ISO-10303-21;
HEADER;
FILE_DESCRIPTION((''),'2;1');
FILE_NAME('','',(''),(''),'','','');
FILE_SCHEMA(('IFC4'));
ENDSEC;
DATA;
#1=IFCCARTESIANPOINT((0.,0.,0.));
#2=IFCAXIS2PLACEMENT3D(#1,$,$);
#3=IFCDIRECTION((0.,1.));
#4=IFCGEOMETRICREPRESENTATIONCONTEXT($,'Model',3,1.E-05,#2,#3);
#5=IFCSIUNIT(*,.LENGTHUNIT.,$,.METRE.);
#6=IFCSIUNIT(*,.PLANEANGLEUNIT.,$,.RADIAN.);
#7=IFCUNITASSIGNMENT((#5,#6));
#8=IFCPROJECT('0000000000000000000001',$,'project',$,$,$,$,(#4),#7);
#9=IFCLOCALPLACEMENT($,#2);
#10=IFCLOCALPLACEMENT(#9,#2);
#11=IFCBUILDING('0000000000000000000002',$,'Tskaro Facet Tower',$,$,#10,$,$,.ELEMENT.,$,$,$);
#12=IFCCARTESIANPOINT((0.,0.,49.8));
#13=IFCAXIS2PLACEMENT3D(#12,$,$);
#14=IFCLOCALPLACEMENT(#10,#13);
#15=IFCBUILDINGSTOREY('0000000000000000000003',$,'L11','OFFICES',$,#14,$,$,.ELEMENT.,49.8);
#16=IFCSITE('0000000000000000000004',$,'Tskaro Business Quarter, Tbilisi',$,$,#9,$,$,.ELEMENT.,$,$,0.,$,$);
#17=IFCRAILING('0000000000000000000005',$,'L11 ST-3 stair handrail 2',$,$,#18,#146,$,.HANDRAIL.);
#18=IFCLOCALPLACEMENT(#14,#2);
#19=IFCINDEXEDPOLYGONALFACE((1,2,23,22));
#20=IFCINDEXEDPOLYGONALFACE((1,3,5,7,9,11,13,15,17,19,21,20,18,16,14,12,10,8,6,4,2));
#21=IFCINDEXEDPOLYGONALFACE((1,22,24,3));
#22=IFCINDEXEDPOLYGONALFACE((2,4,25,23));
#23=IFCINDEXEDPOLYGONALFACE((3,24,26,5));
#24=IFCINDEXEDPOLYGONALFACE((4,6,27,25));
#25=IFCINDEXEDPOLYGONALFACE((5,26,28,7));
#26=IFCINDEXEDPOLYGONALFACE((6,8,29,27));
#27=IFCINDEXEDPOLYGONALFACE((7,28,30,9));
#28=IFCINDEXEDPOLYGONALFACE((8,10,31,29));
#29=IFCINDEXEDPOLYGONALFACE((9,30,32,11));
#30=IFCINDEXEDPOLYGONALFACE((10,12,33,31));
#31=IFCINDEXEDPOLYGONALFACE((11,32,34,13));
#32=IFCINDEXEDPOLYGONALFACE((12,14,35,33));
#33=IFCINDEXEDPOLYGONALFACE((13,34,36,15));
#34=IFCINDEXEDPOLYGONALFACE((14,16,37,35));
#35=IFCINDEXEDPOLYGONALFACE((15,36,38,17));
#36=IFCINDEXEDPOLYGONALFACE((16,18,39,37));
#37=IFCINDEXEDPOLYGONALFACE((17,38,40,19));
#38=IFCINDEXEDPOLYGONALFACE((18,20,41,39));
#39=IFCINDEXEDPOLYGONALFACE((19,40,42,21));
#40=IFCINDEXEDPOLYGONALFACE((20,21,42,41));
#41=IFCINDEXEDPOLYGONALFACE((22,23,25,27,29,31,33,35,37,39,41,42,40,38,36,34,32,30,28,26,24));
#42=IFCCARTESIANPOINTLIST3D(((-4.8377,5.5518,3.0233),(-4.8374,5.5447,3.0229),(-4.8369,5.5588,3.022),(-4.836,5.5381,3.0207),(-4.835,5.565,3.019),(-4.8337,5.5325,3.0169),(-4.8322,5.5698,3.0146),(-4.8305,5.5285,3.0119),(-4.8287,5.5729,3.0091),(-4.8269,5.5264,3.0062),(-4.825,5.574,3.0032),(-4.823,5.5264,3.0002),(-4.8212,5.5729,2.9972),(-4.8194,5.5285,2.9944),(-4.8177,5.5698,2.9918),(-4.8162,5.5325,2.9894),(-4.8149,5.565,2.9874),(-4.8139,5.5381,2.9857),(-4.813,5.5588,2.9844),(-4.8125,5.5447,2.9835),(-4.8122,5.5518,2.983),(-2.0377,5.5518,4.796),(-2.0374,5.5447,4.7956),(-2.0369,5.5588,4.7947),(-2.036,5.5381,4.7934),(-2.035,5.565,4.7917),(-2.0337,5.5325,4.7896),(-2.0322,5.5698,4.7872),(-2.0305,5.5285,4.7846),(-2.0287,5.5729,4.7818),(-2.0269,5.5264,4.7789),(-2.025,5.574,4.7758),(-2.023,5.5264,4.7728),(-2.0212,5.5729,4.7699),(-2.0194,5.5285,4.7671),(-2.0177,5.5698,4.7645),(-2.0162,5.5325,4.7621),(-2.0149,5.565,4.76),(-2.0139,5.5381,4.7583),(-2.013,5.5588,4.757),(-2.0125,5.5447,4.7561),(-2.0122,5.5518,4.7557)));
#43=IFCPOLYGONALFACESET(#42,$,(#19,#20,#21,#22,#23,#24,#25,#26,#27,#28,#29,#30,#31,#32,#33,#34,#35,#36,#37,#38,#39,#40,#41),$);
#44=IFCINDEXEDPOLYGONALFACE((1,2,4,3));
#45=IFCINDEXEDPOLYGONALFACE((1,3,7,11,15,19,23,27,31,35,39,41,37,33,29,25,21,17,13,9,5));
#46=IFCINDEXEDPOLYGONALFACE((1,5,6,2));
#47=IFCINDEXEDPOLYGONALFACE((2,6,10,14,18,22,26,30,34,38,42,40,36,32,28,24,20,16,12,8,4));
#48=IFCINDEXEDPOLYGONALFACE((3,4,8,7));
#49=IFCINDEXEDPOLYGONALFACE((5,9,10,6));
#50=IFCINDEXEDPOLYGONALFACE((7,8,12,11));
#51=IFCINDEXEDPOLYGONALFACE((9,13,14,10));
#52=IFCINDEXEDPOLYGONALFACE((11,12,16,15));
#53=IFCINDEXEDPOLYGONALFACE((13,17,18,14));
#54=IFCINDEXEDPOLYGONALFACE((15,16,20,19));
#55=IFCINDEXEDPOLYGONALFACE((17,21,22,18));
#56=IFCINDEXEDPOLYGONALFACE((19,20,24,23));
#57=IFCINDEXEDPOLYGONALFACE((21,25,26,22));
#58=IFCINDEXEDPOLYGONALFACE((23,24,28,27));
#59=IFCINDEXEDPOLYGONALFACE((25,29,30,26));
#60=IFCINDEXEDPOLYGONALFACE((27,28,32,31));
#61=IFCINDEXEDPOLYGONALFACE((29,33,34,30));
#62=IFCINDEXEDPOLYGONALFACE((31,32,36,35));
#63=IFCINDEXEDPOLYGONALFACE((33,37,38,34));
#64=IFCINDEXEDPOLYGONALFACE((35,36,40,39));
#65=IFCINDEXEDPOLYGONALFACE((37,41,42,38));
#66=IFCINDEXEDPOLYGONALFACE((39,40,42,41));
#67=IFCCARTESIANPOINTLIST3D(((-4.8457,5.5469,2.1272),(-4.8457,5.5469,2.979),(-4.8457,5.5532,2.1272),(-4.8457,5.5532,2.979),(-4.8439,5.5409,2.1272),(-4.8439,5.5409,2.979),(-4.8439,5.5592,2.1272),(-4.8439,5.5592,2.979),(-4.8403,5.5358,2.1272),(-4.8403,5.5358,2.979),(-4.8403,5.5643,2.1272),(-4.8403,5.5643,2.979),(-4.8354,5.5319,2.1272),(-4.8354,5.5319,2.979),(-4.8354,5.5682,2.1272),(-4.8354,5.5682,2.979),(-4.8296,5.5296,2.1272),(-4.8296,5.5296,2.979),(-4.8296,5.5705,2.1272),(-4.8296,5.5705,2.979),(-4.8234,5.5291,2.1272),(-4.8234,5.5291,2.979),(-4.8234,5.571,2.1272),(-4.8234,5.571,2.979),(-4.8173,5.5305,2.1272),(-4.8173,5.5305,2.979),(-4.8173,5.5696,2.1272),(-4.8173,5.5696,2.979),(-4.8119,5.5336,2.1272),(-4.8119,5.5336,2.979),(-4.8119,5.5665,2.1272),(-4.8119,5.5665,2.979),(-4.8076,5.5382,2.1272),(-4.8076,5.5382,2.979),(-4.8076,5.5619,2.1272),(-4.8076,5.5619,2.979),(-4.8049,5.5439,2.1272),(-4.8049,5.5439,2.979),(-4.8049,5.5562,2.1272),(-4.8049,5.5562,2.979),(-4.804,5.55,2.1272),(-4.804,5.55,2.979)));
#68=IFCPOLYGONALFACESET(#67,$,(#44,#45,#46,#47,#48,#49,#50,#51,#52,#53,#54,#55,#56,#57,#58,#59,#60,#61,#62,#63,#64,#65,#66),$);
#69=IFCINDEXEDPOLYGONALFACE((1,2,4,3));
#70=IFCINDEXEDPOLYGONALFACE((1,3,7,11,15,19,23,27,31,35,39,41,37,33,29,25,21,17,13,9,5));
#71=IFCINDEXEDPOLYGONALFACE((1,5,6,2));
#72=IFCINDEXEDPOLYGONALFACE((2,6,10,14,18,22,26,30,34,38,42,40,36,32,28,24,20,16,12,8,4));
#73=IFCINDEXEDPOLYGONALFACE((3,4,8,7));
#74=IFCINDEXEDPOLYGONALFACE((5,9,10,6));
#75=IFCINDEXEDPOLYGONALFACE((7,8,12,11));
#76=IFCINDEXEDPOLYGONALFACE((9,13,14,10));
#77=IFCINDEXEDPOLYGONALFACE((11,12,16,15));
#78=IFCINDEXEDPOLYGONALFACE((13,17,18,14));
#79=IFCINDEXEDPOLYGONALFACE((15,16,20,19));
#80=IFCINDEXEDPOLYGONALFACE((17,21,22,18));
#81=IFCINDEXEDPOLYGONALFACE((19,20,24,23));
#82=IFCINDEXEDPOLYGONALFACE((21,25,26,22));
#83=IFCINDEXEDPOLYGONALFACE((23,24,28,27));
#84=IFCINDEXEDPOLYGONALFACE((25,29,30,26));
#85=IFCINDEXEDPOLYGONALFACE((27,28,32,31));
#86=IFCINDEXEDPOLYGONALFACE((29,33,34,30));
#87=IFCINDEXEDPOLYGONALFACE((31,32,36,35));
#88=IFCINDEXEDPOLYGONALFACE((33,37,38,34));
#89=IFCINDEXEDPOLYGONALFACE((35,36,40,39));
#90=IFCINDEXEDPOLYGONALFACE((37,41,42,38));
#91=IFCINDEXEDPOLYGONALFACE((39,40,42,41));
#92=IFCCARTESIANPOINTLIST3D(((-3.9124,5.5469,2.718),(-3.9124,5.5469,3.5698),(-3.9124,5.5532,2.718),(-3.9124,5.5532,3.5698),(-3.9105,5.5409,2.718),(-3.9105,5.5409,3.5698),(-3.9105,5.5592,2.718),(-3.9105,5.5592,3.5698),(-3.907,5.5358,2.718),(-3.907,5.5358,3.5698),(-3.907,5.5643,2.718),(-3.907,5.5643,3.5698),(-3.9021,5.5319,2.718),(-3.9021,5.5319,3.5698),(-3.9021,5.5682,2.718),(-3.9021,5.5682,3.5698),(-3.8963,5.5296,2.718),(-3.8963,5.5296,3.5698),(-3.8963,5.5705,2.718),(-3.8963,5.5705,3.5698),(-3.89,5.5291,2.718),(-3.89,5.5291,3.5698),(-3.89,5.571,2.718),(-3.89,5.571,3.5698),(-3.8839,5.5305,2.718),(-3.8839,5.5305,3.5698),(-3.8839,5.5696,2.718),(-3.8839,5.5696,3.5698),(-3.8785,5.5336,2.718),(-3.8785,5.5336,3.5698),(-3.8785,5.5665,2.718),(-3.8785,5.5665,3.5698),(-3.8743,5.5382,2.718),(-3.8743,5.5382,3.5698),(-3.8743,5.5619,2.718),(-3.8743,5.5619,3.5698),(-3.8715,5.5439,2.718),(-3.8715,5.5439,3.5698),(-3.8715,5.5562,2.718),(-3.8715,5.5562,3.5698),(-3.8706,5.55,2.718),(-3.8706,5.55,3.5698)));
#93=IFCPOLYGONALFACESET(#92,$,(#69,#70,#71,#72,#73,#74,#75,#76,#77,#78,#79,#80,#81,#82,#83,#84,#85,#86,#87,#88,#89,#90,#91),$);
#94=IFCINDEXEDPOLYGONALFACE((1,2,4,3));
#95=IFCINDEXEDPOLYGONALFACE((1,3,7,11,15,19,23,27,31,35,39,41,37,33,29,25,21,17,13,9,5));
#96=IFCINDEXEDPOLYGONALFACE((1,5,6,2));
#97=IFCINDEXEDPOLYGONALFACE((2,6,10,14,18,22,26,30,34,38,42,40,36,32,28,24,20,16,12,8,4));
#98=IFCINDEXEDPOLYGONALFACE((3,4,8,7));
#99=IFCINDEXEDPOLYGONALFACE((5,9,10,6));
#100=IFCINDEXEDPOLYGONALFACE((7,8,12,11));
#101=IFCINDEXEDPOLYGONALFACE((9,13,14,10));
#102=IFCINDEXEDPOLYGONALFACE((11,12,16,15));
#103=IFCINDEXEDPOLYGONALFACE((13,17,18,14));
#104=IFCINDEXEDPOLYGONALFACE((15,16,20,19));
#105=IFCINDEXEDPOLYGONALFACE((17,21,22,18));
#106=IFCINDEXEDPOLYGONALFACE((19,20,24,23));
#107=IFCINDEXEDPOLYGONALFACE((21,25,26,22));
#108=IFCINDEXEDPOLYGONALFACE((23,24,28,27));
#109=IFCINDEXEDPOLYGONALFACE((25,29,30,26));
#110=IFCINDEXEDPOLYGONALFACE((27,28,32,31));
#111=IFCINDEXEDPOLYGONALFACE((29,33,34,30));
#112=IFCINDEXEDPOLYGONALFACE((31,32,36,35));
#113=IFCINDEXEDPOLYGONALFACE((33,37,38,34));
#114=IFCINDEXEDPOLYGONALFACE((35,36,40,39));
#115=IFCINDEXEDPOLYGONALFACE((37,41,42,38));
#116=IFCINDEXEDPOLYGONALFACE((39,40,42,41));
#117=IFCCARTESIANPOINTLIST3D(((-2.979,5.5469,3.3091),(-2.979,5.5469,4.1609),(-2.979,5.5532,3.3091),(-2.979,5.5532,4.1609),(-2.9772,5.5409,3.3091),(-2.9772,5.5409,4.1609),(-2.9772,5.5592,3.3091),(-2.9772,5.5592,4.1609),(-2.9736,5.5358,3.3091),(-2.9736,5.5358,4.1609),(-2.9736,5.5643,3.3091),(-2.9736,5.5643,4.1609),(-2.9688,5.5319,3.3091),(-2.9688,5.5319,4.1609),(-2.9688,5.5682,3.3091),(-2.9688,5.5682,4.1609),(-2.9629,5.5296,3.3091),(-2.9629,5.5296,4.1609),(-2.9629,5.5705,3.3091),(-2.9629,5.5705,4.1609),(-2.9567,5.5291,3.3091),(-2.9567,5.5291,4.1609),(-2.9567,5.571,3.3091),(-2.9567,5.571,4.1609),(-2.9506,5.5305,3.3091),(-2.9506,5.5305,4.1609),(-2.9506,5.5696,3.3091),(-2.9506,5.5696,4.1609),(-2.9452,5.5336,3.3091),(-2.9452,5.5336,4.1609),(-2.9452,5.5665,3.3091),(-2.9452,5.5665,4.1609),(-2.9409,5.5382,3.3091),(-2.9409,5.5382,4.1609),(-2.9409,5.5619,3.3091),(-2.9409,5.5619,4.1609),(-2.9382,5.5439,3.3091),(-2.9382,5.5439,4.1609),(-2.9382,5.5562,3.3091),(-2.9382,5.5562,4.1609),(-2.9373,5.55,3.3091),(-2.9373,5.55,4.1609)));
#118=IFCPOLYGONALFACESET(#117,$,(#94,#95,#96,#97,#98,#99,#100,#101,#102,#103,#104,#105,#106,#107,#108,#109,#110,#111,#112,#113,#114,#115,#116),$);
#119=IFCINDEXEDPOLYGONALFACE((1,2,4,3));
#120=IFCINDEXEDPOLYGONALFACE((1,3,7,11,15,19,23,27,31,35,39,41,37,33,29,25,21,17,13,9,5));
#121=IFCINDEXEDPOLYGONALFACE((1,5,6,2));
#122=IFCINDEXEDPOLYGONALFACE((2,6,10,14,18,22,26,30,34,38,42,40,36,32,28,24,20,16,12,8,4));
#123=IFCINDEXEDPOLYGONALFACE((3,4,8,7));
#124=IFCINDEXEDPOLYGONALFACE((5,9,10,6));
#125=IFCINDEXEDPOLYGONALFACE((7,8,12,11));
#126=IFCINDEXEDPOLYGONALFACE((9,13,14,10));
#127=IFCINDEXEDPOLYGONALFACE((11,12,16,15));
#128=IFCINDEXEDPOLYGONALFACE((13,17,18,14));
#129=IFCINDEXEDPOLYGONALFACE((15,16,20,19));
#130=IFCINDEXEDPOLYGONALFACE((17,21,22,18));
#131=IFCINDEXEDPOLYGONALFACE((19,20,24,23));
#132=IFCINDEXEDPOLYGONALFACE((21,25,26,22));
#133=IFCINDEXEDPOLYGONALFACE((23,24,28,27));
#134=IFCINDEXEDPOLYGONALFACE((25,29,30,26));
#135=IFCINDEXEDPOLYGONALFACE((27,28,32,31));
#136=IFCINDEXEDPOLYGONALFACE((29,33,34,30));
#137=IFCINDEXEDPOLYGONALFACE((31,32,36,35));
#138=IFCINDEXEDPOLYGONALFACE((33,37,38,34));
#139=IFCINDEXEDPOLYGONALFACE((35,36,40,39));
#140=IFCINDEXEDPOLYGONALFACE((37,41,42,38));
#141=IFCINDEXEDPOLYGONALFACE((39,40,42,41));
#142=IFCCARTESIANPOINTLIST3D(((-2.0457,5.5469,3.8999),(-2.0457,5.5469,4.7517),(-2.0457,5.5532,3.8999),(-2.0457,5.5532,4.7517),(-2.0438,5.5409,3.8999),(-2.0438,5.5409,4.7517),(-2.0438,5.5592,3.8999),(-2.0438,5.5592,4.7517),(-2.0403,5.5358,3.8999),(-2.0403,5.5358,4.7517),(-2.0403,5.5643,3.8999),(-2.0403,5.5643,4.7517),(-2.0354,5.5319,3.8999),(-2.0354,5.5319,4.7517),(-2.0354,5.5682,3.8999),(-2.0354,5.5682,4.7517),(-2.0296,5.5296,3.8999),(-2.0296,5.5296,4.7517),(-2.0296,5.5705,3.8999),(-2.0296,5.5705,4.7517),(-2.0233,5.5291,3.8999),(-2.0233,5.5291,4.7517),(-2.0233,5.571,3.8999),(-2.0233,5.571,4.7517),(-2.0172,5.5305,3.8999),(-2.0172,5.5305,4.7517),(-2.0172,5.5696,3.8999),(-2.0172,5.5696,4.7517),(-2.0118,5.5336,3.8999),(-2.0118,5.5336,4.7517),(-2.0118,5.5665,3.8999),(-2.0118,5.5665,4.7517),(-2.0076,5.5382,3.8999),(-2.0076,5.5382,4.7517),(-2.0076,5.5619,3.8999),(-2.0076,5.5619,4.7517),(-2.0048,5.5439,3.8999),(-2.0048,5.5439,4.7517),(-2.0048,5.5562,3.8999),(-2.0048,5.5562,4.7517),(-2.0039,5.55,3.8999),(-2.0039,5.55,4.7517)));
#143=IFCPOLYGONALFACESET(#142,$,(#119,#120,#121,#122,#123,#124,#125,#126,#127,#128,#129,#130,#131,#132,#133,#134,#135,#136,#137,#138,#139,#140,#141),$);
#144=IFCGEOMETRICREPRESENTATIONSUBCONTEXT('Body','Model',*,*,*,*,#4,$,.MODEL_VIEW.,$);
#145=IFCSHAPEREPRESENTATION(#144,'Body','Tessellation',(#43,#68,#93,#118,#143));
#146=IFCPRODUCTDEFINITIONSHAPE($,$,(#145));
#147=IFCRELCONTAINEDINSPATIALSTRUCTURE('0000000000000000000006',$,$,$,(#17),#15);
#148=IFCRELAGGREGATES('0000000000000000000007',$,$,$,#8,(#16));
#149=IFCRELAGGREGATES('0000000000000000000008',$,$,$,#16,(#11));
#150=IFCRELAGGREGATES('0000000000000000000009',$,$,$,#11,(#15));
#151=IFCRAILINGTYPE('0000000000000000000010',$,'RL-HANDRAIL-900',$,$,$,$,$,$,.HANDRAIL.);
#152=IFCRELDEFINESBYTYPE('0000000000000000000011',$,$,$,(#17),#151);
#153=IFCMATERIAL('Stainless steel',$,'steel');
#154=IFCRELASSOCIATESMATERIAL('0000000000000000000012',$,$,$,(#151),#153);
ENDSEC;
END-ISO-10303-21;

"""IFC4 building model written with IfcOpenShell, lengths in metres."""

from ifc_helpers import new_model, si_unit, direction, frame, origin, origin_2d, place, context, subcontext, project, spatial, circle, extrude, material, type_object, element, save


model = new_model("IFC4")

# Units and contexts
model_context = context("Model", 3, precision=1e-05, world=origin(), true_north=direction((0.0, 1.0)))
body_context = subcontext(model_context, "Body", "Model", "MODEL_VIEW")
ifc_project = project(units=[si_unit("LENGTHUNIT", "METRE"), si_unit("PLANEANGLEUNIT", "RADIAN")], contexts=[model_context])

# Site, building, storey
site_placement = place(None, origin())
site = spatial("IfcSite", under=ifc_project, at=site_placement, Name="Tskaro Business Quarter, Tbilisi", CompositionType="ELEMENT", RefElevation=0.0)
building_placement = place(site_placement, origin())
building = spatial("IfcBuilding", under=site, at=building_placement, Name="Tskaro Facet Tower", CompositionType="ELEMENT")
storey_placement = place(building_placement, frame((0.0, 0.0, 49.8)))
storey = spatial("IfcBuildingStorey", under=building, at=storey_placement, Name="L11", Description="OFFICES", CompositionType="ELEMENT", Elevation=49.8)

# Railing
ifc_material_1 = material(Name="Stainless steel", Category="steel")
railing_type_1 = type_object("IfcRailingType", Name="RL-HANDRAIL-900", PredefinedType="HANDRAIL", material=ifc_material_1)
railing_1_placement = place(storey_placement, frame((-4.825, 5.55, 2.1272)))
element("IfcRailing", 1, at=railing_1_placement, inside=storey, type_object=railing_type_1, Name="L11 ST-3 stair handrail 2", PredefinedType="HANDRAIL", context=body_context, shape_type="SweptSolid", body=[
    extrude(circle(Radius=0.0239, at=origin_2d()), frame((0.0, 0.0, 0.876), z_axis=(0.844909, 0.0, 0.53491), x_axis=(0.0, 1.0, 0.0)), (0.0, 0.0, 1.0), 3.314),
    extrude(circle(Radius=0.021, at=origin_2d()), origin(), (0.0, 0.0, 1.0), 0.8518),
    extrude(circle(Radius=0.021, at=origin_2d()), frame((0.9333, 0.0, 0.5908)), (0.0, 0.0, 1.0), 0.8518),
    extrude(circle(Radius=0.021, at=origin_2d()), frame((1.8667, 0.0, 1.1819)), (0.0, 0.0, 1.0), 0.8518),
    extrude(circle(Radius=0.021, at=origin_2d()), frame((2.8, 0.0, 1.7727)), (0.0, 0.0, 1.0), 0.8518),
])

save(model, "model.ifc")
